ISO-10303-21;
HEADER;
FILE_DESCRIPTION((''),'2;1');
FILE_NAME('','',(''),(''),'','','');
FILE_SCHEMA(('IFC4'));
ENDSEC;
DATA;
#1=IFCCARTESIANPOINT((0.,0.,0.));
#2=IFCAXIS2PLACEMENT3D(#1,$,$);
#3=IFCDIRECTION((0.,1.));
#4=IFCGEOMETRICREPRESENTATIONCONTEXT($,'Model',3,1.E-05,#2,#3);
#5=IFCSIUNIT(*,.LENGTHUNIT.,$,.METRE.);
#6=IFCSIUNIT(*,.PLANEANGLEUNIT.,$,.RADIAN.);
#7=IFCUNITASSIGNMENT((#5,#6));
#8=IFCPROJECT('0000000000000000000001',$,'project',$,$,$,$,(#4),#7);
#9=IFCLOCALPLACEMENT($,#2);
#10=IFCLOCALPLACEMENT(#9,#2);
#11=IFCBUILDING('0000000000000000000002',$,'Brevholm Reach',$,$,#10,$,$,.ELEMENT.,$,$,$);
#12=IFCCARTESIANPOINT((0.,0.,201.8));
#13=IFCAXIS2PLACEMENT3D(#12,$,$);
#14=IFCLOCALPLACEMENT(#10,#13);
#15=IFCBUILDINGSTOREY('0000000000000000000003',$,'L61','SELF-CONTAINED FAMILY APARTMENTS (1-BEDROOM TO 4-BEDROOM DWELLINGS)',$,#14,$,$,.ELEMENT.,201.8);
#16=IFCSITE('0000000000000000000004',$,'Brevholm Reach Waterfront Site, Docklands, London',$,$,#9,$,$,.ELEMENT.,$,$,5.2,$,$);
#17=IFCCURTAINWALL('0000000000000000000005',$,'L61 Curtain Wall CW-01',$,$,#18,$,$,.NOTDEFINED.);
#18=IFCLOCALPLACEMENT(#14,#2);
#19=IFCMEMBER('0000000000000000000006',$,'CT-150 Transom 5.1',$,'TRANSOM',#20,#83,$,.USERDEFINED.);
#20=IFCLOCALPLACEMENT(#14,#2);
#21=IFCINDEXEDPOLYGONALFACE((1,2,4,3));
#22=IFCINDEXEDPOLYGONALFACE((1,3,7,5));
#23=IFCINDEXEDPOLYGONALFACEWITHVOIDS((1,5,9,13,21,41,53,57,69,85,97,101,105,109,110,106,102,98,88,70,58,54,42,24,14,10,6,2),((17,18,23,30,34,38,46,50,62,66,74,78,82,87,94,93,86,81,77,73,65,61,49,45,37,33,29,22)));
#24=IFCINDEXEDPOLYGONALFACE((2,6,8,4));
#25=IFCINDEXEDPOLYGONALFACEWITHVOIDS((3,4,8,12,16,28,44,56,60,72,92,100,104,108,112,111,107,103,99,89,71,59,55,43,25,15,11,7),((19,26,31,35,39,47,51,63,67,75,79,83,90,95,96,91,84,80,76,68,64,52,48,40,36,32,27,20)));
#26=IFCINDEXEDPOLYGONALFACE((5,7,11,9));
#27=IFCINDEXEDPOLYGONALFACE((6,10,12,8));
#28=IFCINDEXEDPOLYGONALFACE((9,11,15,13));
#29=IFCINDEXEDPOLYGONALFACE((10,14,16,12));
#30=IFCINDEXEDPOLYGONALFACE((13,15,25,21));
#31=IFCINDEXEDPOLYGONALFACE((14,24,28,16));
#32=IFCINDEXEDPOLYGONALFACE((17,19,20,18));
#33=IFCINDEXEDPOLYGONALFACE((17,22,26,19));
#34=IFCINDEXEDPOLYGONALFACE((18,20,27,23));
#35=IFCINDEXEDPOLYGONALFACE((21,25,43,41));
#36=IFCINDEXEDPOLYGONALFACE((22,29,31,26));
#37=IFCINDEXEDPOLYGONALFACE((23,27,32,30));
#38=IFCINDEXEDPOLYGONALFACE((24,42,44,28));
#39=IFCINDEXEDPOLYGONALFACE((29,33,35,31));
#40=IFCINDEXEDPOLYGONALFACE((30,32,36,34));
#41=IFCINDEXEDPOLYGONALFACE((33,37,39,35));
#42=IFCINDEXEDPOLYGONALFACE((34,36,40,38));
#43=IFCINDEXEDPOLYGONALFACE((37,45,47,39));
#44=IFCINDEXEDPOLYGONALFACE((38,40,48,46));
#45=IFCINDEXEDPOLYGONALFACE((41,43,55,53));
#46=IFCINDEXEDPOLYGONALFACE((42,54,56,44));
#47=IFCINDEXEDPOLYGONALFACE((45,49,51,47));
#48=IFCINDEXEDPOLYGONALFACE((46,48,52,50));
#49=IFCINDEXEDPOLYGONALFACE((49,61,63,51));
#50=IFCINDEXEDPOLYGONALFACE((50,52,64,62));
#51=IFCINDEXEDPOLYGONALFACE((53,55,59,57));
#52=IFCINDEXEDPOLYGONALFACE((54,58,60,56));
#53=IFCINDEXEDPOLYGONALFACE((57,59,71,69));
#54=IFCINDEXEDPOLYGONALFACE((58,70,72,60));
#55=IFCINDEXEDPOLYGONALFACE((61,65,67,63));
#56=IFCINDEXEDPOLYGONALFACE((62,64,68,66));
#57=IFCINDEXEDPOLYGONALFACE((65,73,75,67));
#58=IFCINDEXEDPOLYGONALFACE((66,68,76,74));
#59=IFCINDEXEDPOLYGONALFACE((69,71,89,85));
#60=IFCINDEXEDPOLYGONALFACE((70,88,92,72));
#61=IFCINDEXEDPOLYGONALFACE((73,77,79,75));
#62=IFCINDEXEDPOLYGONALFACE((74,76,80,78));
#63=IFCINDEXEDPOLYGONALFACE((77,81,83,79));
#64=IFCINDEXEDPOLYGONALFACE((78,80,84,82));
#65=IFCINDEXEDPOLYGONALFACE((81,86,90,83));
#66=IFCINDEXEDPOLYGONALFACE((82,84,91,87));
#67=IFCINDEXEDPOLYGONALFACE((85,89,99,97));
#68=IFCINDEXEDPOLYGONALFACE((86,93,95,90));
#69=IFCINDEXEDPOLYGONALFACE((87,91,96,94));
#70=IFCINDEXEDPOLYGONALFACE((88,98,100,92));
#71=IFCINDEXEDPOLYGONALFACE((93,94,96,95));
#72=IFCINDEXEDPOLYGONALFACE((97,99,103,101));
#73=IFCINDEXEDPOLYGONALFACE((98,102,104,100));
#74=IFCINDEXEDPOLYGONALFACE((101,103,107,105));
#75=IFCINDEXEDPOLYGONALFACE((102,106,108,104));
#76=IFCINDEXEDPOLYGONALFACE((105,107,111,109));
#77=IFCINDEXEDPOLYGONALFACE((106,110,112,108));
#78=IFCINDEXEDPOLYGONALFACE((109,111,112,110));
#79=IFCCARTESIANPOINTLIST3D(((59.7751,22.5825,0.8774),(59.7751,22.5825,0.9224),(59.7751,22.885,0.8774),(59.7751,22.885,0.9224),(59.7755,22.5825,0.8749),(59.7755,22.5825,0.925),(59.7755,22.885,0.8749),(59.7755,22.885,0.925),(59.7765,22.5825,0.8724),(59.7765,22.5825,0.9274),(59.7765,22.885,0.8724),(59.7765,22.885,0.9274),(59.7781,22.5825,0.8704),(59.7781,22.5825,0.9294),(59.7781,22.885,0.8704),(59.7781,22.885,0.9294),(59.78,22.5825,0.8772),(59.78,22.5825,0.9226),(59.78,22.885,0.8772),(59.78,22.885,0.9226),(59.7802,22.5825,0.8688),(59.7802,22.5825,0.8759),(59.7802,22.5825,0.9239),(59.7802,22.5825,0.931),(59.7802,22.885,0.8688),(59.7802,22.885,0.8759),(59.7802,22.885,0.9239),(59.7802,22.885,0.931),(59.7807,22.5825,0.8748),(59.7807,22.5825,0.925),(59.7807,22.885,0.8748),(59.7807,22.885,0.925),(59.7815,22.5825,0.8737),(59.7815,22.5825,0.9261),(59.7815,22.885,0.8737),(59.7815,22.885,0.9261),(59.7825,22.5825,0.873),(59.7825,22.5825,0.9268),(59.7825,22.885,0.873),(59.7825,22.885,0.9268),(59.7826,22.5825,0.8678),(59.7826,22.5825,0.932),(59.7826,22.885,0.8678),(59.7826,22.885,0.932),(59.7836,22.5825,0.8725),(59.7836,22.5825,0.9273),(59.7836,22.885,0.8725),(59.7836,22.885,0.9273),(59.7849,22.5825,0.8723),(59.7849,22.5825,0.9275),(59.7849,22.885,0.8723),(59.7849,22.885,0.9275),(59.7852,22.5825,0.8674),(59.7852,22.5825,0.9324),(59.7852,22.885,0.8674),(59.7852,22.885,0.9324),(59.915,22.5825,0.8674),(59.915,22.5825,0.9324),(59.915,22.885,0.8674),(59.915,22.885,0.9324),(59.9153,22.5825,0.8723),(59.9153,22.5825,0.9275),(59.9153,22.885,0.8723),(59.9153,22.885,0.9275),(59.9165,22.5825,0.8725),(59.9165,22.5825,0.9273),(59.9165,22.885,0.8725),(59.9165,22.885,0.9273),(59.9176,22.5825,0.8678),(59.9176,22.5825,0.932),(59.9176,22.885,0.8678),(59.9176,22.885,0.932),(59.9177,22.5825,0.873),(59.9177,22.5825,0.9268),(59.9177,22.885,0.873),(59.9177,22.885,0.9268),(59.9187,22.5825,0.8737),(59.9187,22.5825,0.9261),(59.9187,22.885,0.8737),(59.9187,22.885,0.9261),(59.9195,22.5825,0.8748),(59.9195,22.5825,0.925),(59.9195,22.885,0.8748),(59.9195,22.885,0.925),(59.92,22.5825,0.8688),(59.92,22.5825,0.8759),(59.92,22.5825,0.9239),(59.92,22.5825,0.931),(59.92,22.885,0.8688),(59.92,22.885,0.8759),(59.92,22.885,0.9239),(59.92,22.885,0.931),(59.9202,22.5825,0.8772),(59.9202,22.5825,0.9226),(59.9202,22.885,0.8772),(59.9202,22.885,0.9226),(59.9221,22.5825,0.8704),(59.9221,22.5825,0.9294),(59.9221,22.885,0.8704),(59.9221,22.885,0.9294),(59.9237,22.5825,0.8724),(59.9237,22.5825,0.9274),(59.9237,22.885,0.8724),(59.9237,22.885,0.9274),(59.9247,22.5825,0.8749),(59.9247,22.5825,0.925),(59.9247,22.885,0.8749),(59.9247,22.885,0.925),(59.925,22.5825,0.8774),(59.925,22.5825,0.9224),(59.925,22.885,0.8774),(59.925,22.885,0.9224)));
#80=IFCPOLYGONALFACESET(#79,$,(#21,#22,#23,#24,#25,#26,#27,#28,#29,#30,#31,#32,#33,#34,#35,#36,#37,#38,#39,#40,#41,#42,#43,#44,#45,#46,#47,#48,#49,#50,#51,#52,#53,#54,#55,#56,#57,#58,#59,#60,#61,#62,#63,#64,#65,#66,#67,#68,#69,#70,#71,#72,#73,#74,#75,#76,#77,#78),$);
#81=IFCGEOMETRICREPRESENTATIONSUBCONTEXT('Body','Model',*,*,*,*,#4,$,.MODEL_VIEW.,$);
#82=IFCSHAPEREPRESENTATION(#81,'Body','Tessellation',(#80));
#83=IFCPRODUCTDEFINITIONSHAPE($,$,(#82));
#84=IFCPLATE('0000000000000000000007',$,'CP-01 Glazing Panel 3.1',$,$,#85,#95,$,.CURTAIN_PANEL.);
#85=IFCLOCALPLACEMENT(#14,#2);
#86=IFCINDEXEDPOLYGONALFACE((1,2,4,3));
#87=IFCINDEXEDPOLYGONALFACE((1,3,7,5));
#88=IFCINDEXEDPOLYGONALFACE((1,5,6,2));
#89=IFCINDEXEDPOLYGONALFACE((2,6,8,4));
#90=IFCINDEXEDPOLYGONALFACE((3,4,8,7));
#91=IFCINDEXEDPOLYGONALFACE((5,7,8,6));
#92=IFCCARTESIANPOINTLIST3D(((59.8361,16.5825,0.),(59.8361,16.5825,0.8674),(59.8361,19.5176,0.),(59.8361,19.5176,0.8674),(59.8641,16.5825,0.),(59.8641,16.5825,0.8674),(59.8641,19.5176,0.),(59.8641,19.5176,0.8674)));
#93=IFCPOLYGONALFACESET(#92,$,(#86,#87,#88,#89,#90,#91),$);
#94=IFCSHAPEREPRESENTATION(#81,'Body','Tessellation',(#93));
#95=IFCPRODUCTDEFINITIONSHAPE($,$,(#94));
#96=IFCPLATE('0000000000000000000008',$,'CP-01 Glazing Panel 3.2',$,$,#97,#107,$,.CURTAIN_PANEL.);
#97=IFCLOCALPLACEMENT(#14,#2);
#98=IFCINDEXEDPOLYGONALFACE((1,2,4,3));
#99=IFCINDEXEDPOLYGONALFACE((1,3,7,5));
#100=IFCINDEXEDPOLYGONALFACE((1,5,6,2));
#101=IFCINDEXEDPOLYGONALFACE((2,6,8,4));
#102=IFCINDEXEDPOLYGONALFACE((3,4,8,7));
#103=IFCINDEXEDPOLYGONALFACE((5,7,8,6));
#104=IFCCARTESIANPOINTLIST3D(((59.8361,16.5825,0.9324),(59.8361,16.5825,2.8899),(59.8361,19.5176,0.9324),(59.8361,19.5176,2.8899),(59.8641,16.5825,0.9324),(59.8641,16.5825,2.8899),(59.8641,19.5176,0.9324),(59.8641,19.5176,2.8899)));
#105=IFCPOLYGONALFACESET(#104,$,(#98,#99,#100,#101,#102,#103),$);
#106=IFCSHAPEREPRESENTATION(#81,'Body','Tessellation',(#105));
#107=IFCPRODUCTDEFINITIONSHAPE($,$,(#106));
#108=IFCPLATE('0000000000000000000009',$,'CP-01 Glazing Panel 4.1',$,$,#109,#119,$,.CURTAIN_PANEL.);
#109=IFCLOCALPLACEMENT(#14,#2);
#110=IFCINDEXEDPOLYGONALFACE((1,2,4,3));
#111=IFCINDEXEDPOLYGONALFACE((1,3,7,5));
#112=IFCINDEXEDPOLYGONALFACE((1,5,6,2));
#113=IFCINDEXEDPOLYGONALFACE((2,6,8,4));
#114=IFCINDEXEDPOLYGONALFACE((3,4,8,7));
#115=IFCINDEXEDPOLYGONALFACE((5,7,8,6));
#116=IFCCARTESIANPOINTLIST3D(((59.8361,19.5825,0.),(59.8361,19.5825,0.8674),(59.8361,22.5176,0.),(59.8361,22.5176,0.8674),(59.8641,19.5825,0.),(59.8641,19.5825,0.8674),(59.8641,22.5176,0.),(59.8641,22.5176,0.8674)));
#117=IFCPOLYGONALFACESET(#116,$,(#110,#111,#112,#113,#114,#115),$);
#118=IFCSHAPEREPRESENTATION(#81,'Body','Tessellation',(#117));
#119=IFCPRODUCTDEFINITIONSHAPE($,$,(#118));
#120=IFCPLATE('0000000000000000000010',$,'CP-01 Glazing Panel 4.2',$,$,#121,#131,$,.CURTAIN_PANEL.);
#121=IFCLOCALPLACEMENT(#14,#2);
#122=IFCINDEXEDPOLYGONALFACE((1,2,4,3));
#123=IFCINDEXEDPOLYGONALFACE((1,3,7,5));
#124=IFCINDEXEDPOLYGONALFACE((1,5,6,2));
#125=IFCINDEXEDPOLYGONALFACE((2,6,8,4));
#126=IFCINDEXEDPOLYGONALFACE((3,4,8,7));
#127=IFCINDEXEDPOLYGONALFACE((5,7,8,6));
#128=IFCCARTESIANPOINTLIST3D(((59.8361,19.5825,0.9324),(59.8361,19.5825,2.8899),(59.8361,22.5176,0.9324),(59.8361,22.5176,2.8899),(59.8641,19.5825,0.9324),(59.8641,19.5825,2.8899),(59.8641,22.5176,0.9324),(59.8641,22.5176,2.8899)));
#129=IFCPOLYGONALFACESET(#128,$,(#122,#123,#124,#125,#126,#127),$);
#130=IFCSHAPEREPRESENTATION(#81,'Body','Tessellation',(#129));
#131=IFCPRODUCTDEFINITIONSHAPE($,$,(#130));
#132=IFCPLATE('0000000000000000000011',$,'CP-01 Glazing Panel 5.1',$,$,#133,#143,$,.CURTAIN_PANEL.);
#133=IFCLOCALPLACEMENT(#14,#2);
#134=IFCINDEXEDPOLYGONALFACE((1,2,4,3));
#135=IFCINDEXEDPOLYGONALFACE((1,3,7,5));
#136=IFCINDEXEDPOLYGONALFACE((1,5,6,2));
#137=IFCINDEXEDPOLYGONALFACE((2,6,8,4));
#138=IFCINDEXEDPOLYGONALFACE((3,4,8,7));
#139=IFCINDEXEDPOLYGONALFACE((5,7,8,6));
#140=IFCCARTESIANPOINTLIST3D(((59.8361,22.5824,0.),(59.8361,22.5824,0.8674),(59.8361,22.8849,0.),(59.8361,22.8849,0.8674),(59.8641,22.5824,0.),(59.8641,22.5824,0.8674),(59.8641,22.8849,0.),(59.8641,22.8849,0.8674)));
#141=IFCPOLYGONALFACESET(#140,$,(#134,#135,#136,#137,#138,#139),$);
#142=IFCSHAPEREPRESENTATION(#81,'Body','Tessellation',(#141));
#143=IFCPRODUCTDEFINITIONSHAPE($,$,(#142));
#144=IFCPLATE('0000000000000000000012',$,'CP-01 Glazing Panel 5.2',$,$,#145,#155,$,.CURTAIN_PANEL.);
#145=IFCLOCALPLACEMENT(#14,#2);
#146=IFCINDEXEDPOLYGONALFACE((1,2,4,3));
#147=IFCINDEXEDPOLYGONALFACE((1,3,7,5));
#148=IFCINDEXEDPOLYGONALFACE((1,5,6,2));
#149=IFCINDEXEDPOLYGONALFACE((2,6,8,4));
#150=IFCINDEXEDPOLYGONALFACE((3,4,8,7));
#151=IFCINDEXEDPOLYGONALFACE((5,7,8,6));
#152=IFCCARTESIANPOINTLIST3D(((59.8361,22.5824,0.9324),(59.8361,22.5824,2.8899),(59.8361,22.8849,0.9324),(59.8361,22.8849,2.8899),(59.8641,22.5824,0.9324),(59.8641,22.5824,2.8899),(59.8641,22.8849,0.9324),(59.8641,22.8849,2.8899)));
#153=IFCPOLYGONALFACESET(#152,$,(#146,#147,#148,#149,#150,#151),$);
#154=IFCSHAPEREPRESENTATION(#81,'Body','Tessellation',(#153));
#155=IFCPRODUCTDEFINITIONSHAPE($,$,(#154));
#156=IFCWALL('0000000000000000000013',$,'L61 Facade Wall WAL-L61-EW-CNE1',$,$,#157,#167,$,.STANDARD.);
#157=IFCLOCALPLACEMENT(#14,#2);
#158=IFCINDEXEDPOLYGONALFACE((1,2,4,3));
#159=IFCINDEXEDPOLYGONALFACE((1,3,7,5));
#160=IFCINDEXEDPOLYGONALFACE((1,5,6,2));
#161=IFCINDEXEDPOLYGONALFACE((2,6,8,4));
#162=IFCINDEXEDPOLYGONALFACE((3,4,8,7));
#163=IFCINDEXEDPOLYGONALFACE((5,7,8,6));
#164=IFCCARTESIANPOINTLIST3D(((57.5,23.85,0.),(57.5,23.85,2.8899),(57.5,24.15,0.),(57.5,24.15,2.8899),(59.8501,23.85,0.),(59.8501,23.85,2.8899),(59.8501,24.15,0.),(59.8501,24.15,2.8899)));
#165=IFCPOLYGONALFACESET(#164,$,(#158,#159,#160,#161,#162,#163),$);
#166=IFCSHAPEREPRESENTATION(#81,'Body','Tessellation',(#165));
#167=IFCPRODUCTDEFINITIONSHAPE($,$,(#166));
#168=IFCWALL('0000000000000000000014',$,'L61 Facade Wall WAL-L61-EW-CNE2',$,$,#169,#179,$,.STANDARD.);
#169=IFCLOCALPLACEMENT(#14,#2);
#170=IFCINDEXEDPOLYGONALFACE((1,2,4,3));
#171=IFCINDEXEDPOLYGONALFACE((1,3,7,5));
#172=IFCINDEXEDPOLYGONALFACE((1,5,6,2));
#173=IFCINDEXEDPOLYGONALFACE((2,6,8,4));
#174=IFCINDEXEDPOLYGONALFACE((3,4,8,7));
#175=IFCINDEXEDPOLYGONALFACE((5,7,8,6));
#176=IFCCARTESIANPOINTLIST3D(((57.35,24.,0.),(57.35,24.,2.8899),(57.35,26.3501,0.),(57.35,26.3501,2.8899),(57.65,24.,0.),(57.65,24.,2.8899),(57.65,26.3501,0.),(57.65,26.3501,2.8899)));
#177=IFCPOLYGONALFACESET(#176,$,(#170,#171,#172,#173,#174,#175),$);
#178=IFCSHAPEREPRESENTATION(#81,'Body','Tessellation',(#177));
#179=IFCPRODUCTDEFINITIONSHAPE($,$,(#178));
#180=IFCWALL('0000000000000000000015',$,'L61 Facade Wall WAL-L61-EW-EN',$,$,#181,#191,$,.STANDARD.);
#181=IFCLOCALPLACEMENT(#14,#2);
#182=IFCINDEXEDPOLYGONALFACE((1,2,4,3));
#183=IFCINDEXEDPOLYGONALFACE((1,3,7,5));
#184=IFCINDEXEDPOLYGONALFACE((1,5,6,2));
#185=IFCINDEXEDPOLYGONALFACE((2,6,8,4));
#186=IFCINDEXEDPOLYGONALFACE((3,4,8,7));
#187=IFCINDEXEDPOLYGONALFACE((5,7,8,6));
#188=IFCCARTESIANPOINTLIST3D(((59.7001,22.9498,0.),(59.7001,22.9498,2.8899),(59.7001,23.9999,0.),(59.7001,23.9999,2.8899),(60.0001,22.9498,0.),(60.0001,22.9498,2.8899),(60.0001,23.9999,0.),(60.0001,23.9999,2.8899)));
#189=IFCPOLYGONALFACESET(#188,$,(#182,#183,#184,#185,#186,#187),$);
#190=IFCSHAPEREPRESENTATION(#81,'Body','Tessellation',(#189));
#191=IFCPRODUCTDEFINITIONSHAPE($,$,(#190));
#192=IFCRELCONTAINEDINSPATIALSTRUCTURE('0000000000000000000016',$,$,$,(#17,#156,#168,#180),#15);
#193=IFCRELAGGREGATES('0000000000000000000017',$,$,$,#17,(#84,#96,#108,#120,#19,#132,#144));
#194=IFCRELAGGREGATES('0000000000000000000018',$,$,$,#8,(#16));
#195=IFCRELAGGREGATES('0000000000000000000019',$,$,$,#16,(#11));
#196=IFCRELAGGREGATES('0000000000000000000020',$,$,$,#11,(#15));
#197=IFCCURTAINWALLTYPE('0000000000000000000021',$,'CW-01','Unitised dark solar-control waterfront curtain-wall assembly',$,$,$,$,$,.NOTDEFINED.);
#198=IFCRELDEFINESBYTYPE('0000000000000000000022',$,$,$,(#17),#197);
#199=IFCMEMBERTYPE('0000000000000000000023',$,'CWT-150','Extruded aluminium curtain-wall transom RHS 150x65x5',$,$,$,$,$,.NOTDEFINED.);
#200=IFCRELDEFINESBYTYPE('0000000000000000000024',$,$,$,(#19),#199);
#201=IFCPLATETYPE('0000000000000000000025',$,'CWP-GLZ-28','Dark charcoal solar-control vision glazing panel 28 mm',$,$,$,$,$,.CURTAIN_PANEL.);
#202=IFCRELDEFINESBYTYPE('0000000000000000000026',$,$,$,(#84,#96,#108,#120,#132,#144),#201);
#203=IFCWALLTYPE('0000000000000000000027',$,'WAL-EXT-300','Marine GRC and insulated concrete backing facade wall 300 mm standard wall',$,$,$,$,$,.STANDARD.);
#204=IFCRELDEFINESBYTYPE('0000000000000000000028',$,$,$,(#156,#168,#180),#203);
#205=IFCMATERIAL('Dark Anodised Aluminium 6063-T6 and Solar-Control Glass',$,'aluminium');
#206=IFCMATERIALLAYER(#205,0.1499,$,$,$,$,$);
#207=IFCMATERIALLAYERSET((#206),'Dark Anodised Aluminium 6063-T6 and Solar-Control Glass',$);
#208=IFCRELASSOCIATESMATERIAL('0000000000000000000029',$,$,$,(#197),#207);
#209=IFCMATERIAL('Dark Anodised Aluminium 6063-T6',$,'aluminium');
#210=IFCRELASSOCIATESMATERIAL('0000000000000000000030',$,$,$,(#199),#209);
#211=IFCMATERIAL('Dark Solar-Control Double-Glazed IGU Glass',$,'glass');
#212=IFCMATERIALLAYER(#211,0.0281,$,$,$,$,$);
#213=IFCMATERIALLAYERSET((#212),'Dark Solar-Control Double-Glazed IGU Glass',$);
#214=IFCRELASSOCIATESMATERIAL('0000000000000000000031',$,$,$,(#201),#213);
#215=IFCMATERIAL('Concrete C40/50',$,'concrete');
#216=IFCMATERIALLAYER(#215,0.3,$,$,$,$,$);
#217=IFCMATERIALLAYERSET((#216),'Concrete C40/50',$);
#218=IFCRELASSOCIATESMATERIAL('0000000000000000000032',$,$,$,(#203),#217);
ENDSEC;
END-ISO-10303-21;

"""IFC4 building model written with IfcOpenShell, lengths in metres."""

from ifc_helpers import new_model, si_unit, direction, frame, frame_2d, origin, origin_2d, place, context, subcontext, project, spatial, rectangle, hollow_rectangle, extrude, material, layer, layer_set, material_profile, profile_set, type_object, element, aggregate, save


model = new_model("IFC4")

# Units and contexts
model_context = context("Model", 3, precision=1e-05, world=origin(), true_north=direction((0.0, 1.0)))
body_context = subcontext(model_context, "Body", "Model", "MODEL_VIEW")
ifc_project = project(units=[si_unit("LENGTHUNIT", "METRE"), si_unit("PLANEANGLEUNIT", "RADIAN")], contexts=[model_context])

# Site, building, storey
site_placement = place(None, origin())
site = spatial("IfcSite", under=ifc_project, at=site_placement, Name="Brevholm Reach Waterfront Site, Docklands, London", CompositionType="ELEMENT", RefElevation=5.2)
building_placement = place(site_placement, origin())
building = spatial("IfcBuilding", under=site, at=building_placement, Name="Brevholm Reach", CompositionType="ELEMENT")
storey_placement = place(building_placement, frame((0.0, 0.0, 201.8)))
storey = spatial("IfcBuildingStorey", under=building, at=storey_placement, Name="L61", Description="SELF-CONTAINED FAMILY APARTMENTS (1-BEDROOM TO 4-BEDROOM DWELLINGS)", CompositionType="ELEMENT", Elevation=201.8)

# Curtain wall, member, plates
ifc_material_1 = material(Name="Dark Anodised Aluminium 6063-T6 and Solar-Control Glass", Category="aluminium")
ifc_layer_1 = layer(ifc_material_1, 0.1499)
ifc_layer_set_1 = layer_set([ifc_layer_1], Name="Dark Anodised Aluminium 6063-T6 and Solar-Control Glass")
curtain_wall_type = type_object("IfcCurtainWallType", Name="CW-01", Description="Unitised dark solar-control waterfront curtain-wall assembly", PredefinedType="NOTDEFINED", material=ifc_layer_set_1)
curtain_wall_placement = place(storey_placement, origin())
curtain_wall = element("IfcCurtainWall", 1, at=curtain_wall_placement, inside=storey, type_object=curtain_wall_type, Name="L61 Curtain Wall CW-01", PredefinedType="NOTDEFINED")
ifc_material_2 = material(Name="Dark Anodised Aluminium 6063-T6", Category="aluminium")
ifc_material_profile_1 = material_profile(ifc_material_2, hollow_rectangle(XDim=0.0649, YDim=0.1499, WallThickness=0.0049, InnerFilletRadius=0.0049, OuterFilletRadius=0.01, at=origin_2d()), Name="RHS 150x65x5")
ifc_profile_set_1 = profile_set([ifc_material_profile_1], Name="Dark Anodised Aluminium 6063-T6")
member_type_1 = type_object("IfcMemberType", Name="CWT-150", Description="Extruded aluminium curtain-wall transom RHS 150x65x5", PredefinedType="NOTDEFINED", material=ifc_profile_set_1)
member_1_placement = place(storey_placement, frame((59.8501, 22.5825, 0.8999), z_axis=(0.0, 1.0, 0.0), x_axis=(0.0, 0.0, 1.0)))
member_1 = element("IfcMember", 2, at=member_1_placement, type_object=member_type_1, Name="CT-150 Transom 5.1", ObjectType="TRANSOM", PredefinedType="USERDEFINED", context=body_context, shape_type="SweptSolid", body=[
    extrude(hollow_rectangle(XDim=0.0649, YDim=0.1499, WallThickness=0.0049, InnerFilletRadius=0.0049, OuterFilletRadius=0.01, at=origin_2d()), origin(), (0.0, 0.0, 1.0), 0.3025),
])
ifc_material_3 = material(Name="Dark Solar-Control Double-Glazed IGU Glass", Category="glass")
ifc_layer_2 = layer(ifc_material_3, 0.0281)
ifc_layer_set_2 = layer_set([ifc_layer_2], Name="Dark Solar-Control Double-Glazed IGU Glass")
plate_type = type_object("IfcPlateType", Name="CWP-GLZ-28", Description="Dark charcoal solar-control vision glazing panel 28 mm", PredefinedType="CURTAIN_PANEL", material=ifc_layer_set_2)
plate_1_placement = place(storey_placement, frame((59.8501, 18.05, 0.0), z_axis=(0.0, 0.0, 1.0), x_axis=(0.0, 1.0, 0.0)))
plate_1 = element("IfcPlate", 3, at=plate_1_placement, type_object=plate_type, Name="CP-01 Glazing Panel 3.1", PredefinedType="CURTAIN_PANEL", context=body_context, shape_type="SweptSolid", body=[
    extrude(rectangle(XDim=2.9351, YDim=0.0281, at=origin_2d()), origin(), (0.0, 0.0, 1.0), 0.8674),
])
plate_2_placement = place(storey_placement, frame((59.8501, 18.05, 0.9324), z_axis=(0.0, 0.0, 1.0), x_axis=(0.0, 1.0, 0.0)))
plate_2 = element("IfcPlate", 4, at=plate_2_placement, type_object=plate_type, Name="CP-01 Glazing Panel 3.2", PredefinedType="CURTAIN_PANEL", context=body_context, shape_type="SweptSolid", body=[
    extrude(rectangle(XDim=2.9351, YDim=0.0281, at=origin_2d()), origin(), (0.0, 0.0, 1.0), 1.9575),
])
plate_3_placement = place(storey_placement, frame((59.8501, 21.05, 0.0), z_axis=(0.0, 0.0, 1.0), x_axis=(0.0, 1.0, 0.0)))
plate_3 = element("IfcPlate", 5, at=plate_3_placement, type_object=plate_type, Name="CP-01 Glazing Panel 4.1", PredefinedType="CURTAIN_PANEL", context=body_context, shape_type="SweptSolid", body=[
    extrude(rectangle(XDim=2.9351, YDim=0.0281, at=origin_2d()), origin(), (0.0, 0.0, 1.0), 0.8674),
])
plate_4_placement = place(storey_placement, frame((59.8501, 21.05, 0.9324), z_axis=(0.0, 0.0, 1.0), x_axis=(0.0, 1.0, 0.0)))
plate_4 = element("IfcPlate", 6, at=plate_4_placement, type_object=plate_type, Name="CP-01 Glazing Panel 4.2", PredefinedType="CURTAIN_PANEL", context=body_context, shape_type="SweptSolid", body=[
    extrude(rectangle(XDim=2.9351, YDim=0.0281, at=origin_2d()), origin(), (0.0, 0.0, 1.0), 1.9575),
])
plate_5_placement = place(storey_placement, frame((59.8501, 22.7336, 0.0), z_axis=(0.0, 0.0, 1.0), x_axis=(0.0, 1.0, 0.0)))
plate_5 = element("IfcPlate", 7, at=plate_5_placement, type_object=plate_type, Name="CP-01 Glazing Panel 5.1", PredefinedType="CURTAIN_PANEL", context=body_context, shape_type="SweptSolid", body=[
    extrude(rectangle(XDim=0.3025, YDim=0.0281, at=origin_2d()), origin(), (0.0, 0.0, 1.0), 0.8674),
])
plate_6_placement = place(storey_placement, frame((59.8501, 22.7336, 0.9324), z_axis=(0.0, 0.0, 1.0), x_axis=(0.0, 1.0, 0.0)))
plate_6 = element("IfcPlate", 8, at=plate_6_placement, type_object=plate_type, Name="CP-01 Glazing Panel 5.2", PredefinedType="CURTAIN_PANEL", context=body_context, shape_type="SweptSolid", body=[
    extrude(rectangle(XDim=0.3025, YDim=0.0281, at=origin_2d()), origin(), (0.0, 0.0, 1.0), 1.9575),
])
aggregate(curtain_wall, [plate_1, plate_2, plate_3, plate_4, member_1, plate_5, plate_6])

# Walls
ifc_material_4 = material(Name="Concrete C40/50", Category="concrete")
ifc_layer_3 = layer(ifc_material_4, 0.3)
ifc_layer_set_3 = layer_set([ifc_layer_3], Name="Concrete C40/50")
wall_type_1 = type_object("IfcWallType", Name="WAL-EXT-300", Description="Marine GRC and insulated concrete backing facade wall 300 mm standard wall", PredefinedType="STANDARD", material=ifc_layer_set_3)
for number, where, z_axis, x_axis, name in (
    (9, (59.8501, 24.0, 0.0), (0.0, 0.0, 1.0), (-1.0, 0.0, 0.0), "L61 Facade Wall WAL-L61-EW-CNE1"),
    (10, (57.5, 24.0, 0.0), (0.0, 0.0, 1.0), (0.0, 1.0, 0.0), "L61 Facade Wall WAL-L61-EW-CNE2"),
):
    element("IfcWall", number, at=place(storey_placement, frame(where, z_axis=z_axis, x_axis=x_axis)), inside=storey, type_object=wall_type_1, Name=name, PredefinedType="STANDARD", context=body_context, shape_type="SweptSolid", body=[
        extrude(rectangle(XDim=2.3501, YDim=0.3, at=frame_2d((1.175, 0.0))), origin(), (0.0, 0.0, 1.0), 2.8899),
    ])
wall_1_placement = place(storey_placement, frame((59.8501, 22.95, 0.0), z_axis=(0.0, 0.0, 1.0), x_axis=(0.0, 1.0, 0.0)))
element("IfcWall", 11, at=wall_1_placement, inside=storey, type_object=wall_type_1, Name="L61 Facade Wall WAL-L61-EW-EN", PredefinedType="STANDARD", context=body_context, shape_type="SweptSolid", body=[
    extrude(rectangle(XDim=1.05, YDim=0.3, at=frame_2d((0.5249, 0.0))), origin(), (0.0, 0.0, 1.0), 2.8899),
])

save(model, "model.ifc")
